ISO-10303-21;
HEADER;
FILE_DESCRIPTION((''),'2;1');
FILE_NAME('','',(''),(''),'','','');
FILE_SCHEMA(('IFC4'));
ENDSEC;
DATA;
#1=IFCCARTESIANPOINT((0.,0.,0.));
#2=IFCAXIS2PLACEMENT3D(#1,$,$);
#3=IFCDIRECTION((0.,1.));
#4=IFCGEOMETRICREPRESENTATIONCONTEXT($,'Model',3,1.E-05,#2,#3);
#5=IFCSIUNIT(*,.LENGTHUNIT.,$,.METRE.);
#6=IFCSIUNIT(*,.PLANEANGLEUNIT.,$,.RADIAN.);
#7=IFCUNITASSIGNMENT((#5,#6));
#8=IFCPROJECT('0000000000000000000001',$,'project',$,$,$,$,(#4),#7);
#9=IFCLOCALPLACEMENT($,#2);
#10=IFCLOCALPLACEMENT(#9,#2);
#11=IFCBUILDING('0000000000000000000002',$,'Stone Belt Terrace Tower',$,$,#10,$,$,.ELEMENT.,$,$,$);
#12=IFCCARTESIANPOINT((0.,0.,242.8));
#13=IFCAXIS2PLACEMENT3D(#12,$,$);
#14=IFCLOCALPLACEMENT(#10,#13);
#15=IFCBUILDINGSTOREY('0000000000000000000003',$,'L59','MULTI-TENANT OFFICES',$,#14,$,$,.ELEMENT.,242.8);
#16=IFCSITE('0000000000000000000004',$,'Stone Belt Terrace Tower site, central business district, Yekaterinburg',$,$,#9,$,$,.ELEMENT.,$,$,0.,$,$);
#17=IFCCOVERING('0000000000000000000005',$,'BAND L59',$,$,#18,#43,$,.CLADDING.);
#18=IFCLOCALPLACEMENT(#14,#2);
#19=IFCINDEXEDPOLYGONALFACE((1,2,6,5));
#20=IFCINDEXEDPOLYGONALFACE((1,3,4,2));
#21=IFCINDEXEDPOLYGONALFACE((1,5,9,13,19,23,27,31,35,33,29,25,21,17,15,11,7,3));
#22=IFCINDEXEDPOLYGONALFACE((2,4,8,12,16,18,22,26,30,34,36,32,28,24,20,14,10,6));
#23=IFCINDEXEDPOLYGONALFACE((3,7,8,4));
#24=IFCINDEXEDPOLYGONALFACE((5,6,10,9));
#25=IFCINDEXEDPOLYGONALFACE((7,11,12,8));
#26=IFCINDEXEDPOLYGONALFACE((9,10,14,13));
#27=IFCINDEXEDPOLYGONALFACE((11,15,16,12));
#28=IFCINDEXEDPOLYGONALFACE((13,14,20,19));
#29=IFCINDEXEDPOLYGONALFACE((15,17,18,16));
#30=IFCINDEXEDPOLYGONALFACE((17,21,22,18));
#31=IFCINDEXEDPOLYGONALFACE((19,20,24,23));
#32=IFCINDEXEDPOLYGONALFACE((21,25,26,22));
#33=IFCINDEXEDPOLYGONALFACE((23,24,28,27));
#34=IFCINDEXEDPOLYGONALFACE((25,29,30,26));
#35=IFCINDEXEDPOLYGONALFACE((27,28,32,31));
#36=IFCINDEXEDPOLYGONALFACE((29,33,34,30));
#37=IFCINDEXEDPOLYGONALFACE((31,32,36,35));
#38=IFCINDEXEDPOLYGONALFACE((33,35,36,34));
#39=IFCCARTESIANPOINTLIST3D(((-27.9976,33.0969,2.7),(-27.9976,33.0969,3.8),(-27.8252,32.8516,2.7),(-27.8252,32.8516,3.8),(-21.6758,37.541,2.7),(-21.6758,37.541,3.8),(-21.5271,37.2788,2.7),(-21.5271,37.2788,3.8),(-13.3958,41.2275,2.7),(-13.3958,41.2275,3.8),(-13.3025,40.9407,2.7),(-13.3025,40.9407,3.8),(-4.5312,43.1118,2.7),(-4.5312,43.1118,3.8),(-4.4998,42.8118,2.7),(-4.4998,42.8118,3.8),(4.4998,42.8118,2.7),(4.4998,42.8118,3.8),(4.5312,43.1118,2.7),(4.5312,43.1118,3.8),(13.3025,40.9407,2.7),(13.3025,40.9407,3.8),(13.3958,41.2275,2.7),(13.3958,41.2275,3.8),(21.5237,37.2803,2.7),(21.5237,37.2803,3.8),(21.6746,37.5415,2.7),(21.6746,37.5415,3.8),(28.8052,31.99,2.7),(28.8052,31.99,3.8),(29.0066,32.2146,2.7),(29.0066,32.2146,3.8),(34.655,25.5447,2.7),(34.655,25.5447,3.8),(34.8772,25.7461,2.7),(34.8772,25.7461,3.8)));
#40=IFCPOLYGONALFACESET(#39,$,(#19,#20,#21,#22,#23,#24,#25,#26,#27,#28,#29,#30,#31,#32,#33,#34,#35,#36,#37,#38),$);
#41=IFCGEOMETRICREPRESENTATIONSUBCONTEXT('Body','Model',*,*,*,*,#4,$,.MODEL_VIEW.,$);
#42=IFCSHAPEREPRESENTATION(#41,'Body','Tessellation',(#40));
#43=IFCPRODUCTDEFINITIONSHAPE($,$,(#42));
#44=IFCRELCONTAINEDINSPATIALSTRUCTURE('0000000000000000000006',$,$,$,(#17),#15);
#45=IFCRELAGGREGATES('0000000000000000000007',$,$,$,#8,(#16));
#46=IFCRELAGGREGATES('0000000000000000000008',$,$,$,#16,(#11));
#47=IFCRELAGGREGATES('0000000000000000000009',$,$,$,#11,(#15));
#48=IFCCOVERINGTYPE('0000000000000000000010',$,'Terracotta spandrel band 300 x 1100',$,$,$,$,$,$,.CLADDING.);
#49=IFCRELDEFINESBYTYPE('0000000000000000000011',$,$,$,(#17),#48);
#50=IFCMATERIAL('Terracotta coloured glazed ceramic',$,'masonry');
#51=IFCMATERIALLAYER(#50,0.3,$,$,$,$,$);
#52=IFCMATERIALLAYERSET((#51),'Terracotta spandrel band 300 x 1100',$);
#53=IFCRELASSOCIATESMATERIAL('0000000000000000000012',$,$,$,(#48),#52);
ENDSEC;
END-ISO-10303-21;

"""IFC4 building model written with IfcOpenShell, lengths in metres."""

from ifc_helpers import new_model, si_unit, direction, frame, origin, place, context, subcontext, project, spatial, polyline, outline, extrude, material, layer, layer_set, type_object, element, save


model = new_model("IFC4")

# Units and contexts
model_context = context("Model", 3, precision=1e-05, world=origin(), true_north=direction((0.0, 1.0)))
body_context = subcontext(model_context, "Body", "Model", "MODEL_VIEW")
ifc_project = project(units=[si_unit("LENGTHUNIT", "METRE"), si_unit("PLANEANGLEUNIT", "RADIAN")], contexts=[model_context])

# Site, building, storey
site_placement = place(None, origin())
site = spatial("IfcSite", under=ifc_project, at=site_placement, Name="Stone Belt Terrace Tower site, central business district, Yekaterinburg", CompositionType="ELEMENT", RefElevation=0.0)
building_placement = place(site_placement, origin())
building = spatial("IfcBuilding", under=site, at=building_placement, Name="Stone Belt Terrace Tower", CompositionType="ELEMENT")
storey_placement = place(building_placement, frame((0.0, 0.0, 242.8)))
storey = spatial("IfcBuildingStorey", under=building, at=storey_placement, Name="L59", Description="MULTI-TENANT OFFICES", CompositionType="ELEMENT", Elevation=242.8)

# Covering
ifc_material_1 = material(Name="Terracotta coloured glazed ceramic", Category="masonry")
ifc_layer_1 = layer(ifc_material_1, 0.3)
ifc_layer_set_1 = layer_set([ifc_layer_1], Name="Terracotta spandrel band 300 x 1100")
covering_type = type_object("IfcCoveringType", Name="Terracotta spandrel band 300 x 1100", PredefinedType="CLADDING", material=ifc_layer_set_1)
covering_placement = place(storey_placement, frame((0.0, 0.0, 2.7)))
element("IfcCovering", 1, at=covering_placement, inside=storey, type_object=covering_type, Name="BAND L59", PredefinedType="CLADDING", context=body_context, shape_type="SweptSolid", body=[
    extrude(outline(polyline([(-27.9976, 33.0969), (-21.6758, 37.541), (-13.3958, 41.2275), (-4.5312, 43.1118), (4.5312, 43.1118), (13.3958, 41.2275), (21.6746, 37.5415), (29.0066, 32.2146), (34.8772, 25.7461), (34.655, 25.5447), (28.8052, 31.99), (21.5237, 37.2803), (13.3025, 40.9407), (4.4998, 42.8118), (-4.4998, 42.8118), (-13.3025, 40.9407), (-21.5271, 37.2788), (-27.8252, 32.8516), (-27.9976, 33.0969)])), origin(), (0.0, 0.0, 1.0), 1.1001),
])

save(model, "model.ifc")
